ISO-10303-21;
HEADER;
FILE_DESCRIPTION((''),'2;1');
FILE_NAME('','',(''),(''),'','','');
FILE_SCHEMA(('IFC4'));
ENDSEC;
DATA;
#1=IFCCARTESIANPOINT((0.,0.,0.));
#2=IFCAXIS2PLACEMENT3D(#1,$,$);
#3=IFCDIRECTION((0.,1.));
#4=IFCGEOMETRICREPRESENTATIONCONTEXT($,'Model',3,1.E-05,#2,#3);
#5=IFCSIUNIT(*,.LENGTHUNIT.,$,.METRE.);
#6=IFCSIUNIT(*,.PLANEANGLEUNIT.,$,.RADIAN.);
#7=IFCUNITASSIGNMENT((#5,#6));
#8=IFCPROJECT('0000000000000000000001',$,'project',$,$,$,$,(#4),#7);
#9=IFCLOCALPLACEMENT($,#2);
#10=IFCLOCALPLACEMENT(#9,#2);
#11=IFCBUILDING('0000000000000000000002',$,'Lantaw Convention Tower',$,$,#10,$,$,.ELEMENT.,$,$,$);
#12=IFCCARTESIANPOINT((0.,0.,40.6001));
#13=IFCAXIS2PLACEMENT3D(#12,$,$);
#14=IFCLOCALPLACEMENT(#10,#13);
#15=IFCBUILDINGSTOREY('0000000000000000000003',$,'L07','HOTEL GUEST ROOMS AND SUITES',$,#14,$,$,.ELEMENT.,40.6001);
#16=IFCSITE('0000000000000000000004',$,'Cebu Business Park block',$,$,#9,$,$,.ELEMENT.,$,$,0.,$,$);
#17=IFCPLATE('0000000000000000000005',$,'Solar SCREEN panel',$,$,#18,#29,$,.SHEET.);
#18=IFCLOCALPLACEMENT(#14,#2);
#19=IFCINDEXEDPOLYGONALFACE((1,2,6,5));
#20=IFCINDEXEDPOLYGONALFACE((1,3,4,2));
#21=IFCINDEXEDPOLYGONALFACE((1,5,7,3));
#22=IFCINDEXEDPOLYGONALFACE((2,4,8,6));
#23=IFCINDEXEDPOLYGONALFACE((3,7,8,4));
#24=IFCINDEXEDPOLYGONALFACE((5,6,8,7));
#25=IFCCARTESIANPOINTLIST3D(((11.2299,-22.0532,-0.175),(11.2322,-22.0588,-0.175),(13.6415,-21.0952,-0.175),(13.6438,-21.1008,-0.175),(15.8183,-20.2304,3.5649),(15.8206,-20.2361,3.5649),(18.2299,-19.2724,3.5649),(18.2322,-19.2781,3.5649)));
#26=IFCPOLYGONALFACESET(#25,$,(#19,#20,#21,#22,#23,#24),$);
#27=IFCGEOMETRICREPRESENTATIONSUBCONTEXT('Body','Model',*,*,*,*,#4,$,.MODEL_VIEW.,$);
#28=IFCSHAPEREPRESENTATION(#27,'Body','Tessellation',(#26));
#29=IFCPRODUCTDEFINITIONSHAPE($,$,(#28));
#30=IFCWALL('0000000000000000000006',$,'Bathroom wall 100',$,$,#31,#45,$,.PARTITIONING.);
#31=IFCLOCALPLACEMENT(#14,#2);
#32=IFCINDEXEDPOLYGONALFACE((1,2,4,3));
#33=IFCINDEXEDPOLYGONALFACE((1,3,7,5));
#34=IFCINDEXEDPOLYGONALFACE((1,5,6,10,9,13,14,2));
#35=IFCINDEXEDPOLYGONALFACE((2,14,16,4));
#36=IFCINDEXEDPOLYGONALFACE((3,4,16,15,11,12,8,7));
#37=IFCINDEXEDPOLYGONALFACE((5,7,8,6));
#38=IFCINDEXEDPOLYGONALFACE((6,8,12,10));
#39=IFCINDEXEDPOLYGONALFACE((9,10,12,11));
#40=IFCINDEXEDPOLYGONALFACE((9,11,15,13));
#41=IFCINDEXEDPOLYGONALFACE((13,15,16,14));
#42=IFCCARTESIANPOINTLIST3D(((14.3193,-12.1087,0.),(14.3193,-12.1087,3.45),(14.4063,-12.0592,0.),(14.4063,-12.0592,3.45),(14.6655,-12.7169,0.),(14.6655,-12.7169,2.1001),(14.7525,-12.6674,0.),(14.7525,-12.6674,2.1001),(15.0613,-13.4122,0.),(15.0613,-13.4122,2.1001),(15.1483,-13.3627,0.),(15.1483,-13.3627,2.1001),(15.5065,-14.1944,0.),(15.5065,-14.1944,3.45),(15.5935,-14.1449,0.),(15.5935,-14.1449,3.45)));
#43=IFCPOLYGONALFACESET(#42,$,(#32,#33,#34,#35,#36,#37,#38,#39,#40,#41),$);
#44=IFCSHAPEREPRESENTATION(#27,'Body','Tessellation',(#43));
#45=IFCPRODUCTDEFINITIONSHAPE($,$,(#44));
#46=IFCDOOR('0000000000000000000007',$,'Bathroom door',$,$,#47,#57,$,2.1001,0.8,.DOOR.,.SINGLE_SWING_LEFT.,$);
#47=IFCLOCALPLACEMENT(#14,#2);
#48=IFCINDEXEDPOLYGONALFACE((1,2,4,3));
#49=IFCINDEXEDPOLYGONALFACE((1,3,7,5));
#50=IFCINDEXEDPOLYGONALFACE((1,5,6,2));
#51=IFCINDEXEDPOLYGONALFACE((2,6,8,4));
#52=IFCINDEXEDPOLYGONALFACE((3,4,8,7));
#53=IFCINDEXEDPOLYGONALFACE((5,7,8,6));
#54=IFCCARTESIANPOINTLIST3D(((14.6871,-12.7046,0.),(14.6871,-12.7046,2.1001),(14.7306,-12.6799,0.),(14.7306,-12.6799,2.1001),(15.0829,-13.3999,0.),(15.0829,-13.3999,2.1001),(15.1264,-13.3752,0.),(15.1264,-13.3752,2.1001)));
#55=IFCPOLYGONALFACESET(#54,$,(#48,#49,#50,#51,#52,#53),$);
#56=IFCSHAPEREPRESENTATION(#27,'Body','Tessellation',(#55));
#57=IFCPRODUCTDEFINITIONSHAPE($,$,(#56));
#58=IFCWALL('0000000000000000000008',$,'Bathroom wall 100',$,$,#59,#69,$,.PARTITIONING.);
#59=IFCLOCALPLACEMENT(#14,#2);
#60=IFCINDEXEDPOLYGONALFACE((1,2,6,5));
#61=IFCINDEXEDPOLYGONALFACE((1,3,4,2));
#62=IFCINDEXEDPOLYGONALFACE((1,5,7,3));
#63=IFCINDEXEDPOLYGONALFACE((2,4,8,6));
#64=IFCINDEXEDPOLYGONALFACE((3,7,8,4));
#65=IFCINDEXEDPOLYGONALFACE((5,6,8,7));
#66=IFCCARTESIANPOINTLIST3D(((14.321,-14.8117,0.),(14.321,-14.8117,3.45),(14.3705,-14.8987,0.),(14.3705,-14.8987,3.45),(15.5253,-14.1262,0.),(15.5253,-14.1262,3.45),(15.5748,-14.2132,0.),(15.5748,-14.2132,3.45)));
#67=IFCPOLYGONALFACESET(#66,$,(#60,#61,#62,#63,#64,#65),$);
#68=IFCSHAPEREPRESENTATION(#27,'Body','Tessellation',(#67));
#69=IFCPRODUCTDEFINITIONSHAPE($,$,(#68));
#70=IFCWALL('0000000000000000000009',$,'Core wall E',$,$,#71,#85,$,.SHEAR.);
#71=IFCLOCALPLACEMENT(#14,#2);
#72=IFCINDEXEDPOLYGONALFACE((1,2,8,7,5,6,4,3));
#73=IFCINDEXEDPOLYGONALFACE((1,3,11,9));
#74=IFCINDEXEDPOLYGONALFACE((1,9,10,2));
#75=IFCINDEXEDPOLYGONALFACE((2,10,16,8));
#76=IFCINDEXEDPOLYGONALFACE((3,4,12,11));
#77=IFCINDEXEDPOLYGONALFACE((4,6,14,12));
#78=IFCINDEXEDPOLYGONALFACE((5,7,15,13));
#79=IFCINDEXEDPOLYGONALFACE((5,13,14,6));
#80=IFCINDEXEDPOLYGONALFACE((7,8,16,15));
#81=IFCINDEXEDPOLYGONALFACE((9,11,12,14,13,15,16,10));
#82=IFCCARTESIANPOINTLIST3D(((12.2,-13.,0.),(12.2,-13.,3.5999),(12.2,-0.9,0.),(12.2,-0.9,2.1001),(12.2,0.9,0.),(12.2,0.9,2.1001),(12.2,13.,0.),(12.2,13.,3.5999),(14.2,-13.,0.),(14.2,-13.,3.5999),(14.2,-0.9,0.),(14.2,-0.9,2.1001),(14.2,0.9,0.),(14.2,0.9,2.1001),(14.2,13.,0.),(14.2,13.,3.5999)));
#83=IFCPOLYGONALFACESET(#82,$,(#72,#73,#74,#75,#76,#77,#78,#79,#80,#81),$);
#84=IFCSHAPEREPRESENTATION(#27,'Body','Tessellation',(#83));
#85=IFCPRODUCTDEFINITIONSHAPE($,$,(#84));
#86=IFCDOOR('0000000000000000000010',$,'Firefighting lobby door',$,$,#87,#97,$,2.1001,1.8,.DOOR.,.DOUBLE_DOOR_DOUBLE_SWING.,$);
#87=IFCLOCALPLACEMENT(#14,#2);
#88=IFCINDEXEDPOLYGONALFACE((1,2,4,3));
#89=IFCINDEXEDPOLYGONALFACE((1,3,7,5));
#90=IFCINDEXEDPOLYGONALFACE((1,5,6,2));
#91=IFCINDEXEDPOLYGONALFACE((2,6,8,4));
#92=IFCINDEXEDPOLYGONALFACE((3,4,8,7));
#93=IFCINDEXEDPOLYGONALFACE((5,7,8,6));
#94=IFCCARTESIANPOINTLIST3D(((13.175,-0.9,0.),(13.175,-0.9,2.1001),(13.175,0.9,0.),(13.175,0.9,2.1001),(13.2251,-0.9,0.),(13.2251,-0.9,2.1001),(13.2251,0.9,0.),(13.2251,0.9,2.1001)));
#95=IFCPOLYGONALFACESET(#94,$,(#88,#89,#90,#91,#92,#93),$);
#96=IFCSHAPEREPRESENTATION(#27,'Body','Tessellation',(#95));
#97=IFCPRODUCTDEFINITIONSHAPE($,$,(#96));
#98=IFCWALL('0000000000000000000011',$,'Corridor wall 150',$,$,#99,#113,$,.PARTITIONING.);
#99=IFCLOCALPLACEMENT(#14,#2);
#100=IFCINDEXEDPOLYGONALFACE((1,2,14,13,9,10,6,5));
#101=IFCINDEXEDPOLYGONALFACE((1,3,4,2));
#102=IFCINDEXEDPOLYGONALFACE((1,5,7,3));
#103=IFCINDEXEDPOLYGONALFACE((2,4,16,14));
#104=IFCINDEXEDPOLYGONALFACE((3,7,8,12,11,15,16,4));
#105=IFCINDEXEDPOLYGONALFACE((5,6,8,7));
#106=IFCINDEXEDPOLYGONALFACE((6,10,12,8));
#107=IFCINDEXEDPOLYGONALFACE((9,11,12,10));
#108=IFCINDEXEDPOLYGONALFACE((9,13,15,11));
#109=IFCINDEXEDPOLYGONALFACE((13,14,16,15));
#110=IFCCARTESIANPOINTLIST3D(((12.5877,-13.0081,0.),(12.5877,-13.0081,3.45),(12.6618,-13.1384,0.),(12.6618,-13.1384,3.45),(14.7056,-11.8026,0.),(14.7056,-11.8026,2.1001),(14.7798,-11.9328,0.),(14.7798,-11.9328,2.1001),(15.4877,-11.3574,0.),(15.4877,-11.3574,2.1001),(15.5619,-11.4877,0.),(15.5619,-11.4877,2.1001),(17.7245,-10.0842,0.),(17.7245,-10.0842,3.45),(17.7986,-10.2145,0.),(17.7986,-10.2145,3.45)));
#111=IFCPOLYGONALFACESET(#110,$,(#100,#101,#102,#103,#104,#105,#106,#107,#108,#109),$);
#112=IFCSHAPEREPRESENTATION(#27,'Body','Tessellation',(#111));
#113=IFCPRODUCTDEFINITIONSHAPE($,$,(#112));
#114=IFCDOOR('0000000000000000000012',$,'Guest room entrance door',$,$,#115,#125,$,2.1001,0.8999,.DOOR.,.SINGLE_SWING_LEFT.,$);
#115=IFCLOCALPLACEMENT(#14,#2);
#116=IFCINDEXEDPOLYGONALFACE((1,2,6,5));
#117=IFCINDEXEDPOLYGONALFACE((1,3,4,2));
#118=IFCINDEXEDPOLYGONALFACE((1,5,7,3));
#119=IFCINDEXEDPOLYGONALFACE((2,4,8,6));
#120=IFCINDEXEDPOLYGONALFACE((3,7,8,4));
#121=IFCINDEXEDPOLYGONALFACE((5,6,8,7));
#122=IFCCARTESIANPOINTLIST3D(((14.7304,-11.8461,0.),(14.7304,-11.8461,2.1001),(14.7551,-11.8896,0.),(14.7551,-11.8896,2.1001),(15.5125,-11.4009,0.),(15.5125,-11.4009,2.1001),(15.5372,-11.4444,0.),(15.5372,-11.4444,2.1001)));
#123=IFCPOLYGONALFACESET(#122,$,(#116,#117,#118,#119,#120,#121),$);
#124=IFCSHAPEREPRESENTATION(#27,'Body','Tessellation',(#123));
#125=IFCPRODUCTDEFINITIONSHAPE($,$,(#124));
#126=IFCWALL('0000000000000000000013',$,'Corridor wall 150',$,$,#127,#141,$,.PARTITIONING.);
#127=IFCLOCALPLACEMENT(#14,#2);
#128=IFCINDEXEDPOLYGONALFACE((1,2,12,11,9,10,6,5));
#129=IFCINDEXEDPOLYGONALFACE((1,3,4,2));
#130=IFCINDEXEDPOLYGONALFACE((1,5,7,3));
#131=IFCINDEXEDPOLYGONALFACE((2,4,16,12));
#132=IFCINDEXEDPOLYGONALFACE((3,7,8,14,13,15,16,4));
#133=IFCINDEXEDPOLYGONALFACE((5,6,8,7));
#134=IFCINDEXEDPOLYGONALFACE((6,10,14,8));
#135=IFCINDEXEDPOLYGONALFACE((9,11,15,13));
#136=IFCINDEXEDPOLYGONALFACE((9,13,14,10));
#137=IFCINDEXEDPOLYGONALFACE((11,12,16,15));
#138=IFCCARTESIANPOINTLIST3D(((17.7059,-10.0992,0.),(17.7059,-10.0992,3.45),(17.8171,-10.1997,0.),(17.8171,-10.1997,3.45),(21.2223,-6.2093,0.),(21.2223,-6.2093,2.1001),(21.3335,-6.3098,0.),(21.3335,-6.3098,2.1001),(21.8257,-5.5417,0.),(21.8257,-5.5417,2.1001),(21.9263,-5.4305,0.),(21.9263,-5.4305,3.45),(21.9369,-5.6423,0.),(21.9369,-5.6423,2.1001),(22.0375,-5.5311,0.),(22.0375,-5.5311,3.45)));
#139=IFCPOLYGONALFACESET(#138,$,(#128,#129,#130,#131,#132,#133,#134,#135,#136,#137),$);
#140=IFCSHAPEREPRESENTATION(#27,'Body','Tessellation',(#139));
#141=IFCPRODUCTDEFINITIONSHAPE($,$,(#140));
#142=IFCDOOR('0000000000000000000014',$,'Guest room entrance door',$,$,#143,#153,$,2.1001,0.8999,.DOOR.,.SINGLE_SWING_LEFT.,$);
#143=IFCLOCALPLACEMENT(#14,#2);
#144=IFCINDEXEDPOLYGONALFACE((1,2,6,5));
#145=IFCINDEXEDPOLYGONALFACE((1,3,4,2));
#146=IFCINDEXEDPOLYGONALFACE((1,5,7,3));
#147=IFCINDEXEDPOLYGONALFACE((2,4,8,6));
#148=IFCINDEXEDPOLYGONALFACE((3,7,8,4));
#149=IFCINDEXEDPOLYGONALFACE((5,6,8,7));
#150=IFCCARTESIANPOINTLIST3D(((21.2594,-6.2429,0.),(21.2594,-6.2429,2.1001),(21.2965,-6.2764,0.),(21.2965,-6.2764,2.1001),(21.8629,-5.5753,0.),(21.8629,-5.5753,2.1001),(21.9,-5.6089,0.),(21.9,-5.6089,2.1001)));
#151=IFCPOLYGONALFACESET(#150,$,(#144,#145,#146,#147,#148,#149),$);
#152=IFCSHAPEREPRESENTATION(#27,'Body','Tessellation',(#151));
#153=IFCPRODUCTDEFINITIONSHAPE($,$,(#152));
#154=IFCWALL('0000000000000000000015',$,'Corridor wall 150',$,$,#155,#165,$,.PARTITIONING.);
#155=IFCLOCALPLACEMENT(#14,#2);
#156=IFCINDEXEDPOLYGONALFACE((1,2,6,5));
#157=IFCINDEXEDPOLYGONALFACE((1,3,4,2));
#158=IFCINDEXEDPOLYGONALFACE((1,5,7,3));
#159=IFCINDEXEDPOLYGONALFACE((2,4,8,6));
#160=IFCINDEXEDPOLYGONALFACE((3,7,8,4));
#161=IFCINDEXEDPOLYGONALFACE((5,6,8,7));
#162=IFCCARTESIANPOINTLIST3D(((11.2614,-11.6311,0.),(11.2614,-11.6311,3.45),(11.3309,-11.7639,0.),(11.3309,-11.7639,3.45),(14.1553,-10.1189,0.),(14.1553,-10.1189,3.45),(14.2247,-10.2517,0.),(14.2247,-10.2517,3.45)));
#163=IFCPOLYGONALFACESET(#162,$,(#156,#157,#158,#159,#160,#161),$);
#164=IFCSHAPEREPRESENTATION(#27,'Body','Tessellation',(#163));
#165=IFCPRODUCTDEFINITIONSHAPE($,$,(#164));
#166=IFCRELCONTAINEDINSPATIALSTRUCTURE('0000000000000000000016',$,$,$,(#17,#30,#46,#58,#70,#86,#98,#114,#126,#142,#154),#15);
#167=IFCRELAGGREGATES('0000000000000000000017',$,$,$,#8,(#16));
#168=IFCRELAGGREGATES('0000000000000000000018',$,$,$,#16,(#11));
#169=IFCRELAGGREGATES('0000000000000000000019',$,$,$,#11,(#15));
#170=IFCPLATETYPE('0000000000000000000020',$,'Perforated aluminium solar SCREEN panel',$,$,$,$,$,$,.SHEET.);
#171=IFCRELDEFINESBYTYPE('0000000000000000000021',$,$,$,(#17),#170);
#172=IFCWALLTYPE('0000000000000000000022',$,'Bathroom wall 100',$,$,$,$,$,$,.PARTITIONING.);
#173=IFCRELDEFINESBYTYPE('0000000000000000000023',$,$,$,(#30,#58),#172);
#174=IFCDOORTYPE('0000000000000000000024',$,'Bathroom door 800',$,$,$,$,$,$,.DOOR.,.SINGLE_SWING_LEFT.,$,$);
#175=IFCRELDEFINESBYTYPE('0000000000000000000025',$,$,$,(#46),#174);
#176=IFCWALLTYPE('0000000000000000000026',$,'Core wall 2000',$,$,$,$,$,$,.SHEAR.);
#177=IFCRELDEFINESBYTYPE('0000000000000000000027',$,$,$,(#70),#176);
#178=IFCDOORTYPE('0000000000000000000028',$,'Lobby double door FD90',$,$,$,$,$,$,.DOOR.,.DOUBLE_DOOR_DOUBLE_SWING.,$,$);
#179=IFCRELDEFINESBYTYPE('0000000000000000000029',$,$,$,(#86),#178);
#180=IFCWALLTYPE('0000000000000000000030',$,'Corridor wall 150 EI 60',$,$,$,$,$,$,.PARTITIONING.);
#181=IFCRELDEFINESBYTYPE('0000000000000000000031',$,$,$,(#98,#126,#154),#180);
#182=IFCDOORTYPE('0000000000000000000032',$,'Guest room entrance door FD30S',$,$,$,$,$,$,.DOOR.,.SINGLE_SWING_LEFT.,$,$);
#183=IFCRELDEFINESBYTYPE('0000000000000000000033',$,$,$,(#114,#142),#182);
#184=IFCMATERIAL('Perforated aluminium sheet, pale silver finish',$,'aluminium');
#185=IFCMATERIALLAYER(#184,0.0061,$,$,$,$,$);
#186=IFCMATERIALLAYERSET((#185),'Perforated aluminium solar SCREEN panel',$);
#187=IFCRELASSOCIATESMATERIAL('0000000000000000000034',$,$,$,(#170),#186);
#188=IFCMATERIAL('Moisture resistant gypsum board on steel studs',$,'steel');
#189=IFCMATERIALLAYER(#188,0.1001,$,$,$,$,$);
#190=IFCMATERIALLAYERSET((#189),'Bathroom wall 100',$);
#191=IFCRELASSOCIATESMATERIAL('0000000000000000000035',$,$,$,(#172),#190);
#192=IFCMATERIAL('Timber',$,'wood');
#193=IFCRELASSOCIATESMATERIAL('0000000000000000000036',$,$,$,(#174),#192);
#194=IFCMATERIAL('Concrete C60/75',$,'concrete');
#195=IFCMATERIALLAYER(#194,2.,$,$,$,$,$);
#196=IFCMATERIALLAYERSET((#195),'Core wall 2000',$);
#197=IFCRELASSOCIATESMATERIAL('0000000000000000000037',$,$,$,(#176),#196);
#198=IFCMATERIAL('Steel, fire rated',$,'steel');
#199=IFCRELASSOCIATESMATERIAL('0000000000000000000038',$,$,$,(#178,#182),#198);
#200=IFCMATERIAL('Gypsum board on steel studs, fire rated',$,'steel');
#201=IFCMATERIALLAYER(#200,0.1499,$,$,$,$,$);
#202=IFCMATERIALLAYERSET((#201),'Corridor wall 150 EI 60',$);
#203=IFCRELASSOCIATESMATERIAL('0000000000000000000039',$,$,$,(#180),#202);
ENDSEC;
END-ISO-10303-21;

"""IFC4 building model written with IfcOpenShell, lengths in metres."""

from ifc_helpers import new_model, si_unit, direction, frame, frame_2d, origin, place, context, subcontext, project, spatial, polyline, rectangle, outline, extrude, material, layer, layer_set, type_object, element, fill, save


model = new_model("IFC4")

# Units and contexts
model_context = context("Model", 3, precision=1e-05, world=origin(), true_north=direction((0.0, 1.0)))
body_context = subcontext(model_context, "Body", "Model", "MODEL_VIEW")
ifc_project = project(units=[si_unit("LENGTHUNIT", "METRE"), si_unit("PLANEANGLEUNIT", "RADIAN")], contexts=[model_context])

# Site, building, storey
site_placement = place(None, origin())
site = spatial("IfcSite", under=ifc_project, at=site_placement, Name="Cebu Business Park block", CompositionType="ELEMENT", RefElevation=0.0)
building_placement = place(site_placement, origin())
building = spatial("IfcBuilding", under=site, at=building_placement, Name="Lantaw Convention Tower", CompositionType="ELEMENT")
storey_placement = place(building_placement, frame((0.0, 0.0, 40.6001)))
storey = spatial("IfcBuildingStorey", under=building, at=storey_placement, Name="L07", Description="HOTEL GUEST ROOMS AND SUITES", CompositionType="ELEMENT", Elevation=40.6001)

# Shared definitions
ifc_material_1 = material(Name="Concrete C60/75", Category="concrete")

# Plate
ifc_material_2 = material(Name="Perforated aluminium sheet, pale silver finish", Category="aluminium")
ifc_layer_1 = layer(ifc_material_2, 0.0061)
ifc_layer_set_1 = layer_set([ifc_layer_1], Name="Perforated aluminium solar SCREEN panel")
plate_type = type_object("IfcPlateType", Name="Perforated aluminium solar SCREEN panel", PredefinedType="SHEET", material=ifc_layer_set_1)
plate_placement = place(storey_placement, frame((11.2322, -22.0588, -0.175), z_axis=(0.369184, -0.929357, 0.000009), x_axis=(0.929357, 0.369184, 0.0)))
element("IfcPlate", 1, at=plate_placement, inside=storey, type_object=plate_type, Name="Solar SCREEN panel", PredefinedType="SHEET", context=body_context, shape_type="SweptSolid", body=[
    extrude(outline(polyline([(0.0, 0.0), (2.5949, 0.0), (7.5321, 3.74), (4.9372, 3.74), (0.0, 0.0)])), origin(), (0.0, 0.0, -1.0), 0.0061),
])

# Wall, opening, door
ifc_material_3 = material(Name="Moisture resistant gypsum board on steel studs", Category="steel")
ifc_layer_2 = layer(ifc_material_3, 0.1001)
ifc_layer_set_2 = layer_set([ifc_layer_2], Name="Bathroom wall 100")
wall_type_1 = type_object("IfcWallType", Name="Bathroom wall 100", PredefinedType="PARTITIONING", material=ifc_layer_set_2)
wall_1_placement = place(storey_placement, frame((14.3628, -12.084, 0.0), z_axis=(0.0, 0.0, 1.0), x_axis=(0.494703, -0.869062, 0.0)))
wall_1 = element("IfcWall", 2, at=wall_1_placement, inside=storey, type_object=wall_type_1, Name="Bathroom wall 100", PredefinedType="PARTITIONING", context=body_context, shape_type="SweptSolid", body=[
    extrude(rectangle(XDim=2.3999, YDim=0.1001, at=frame_2d((1.2, 0.0))), origin(), (0.0, 0.0, 1.0), 3.45),
])
opening_1_placement = place(wall_1_placement, frame((0.7, 0.0, 0.0)))
opening_1 = element("IfcOpeningElement", 3, at=opening_1_placement, cuts=wall_1, PredefinedType="OPENING", context=body_context, shape_type="SweptSolid", body=[
    extrude(rectangle(XDim=0.8, YDim=2.1001, at=frame_2d((0.3999, 1.05))), frame((0.0, 0.0601, 0.0), z_axis=(0.0, -1.0, 0.0), x_axis=(1.0, 0.0, 0.0)), (0.0, 0.0, 1.0), 0.1201),
])
ifc_material_4 = material(Name="Timber", Category="wood")
door_type_1 = type_object("IfcDoorType", Name="Bathroom door 800", OperationType="SINGLE_SWING_LEFT", PredefinedType="DOOR", material=ifc_material_4)
door_1_placement = place(opening_1_placement, origin())
door_1 = element("IfcDoor", 4, at=door_1_placement, inside=storey, type_object=door_type_1, Name="Bathroom door", OperationType="SINGLE_SWING_LEFT", OverallHeight=2.1001, OverallWidth=0.8, PredefinedType="DOOR", context=body_context, shape_type="SweptSolid", body=[
    extrude(rectangle(XDim=0.8, YDim=2.1001, at=frame_2d((0.3999, 1.05))), frame((0.0, 0.0249, 0.0), z_axis=(0.0, -1.0, 0.0), x_axis=(1.0, 0.0, 0.0)), (0.0, 0.0, 1.0), 0.05),
])
fill(opening_1, door_1)

# Wall
wall_2_placement = place(storey_placement, frame((15.55, -14.1697, 0.0), z_axis=(0.0, 0.0, 1.0), x_axis=(-0.869066, -0.494696, 0.0)))
element("IfcWall", 5, at=wall_2_placement, inside=storey, type_object=wall_type_1, Name="Bathroom wall 100", PredefinedType="PARTITIONING", context=body_context, shape_type="SweptSolid", body=[
    extrude(rectangle(XDim=1.3857, YDim=0.1001, at=frame_2d((0.6929, 0.0))), origin(), (0.0, 0.0, 1.0), 3.45),
])

# Walls, openings, doors
ifc_layer_3 = layer(ifc_material_1, 2.0)
ifc_layer_set_3 = layer_set([ifc_layer_3], Name="Core wall 2000")
wall_type_2 = type_object("IfcWallType", Name="Core wall 2000", PredefinedType="SHEAR", material=ifc_layer_set_3)
wall_3_placement = place(storey_placement, frame((13.2, -13.0, 0.0), z_axis=(0.0, 0.0, 1.0), x_axis=(0.0, 1.0, 0.0)))
wall_3 = element("IfcWall", 6, at=wall_3_placement, inside=storey, type_object=wall_type_2, Name="Core wall E", PredefinedType="SHEAR", context=body_context, shape_type="SweptSolid", body=[
    extrude(rectangle(XDim=26.0, YDim=2.0, at=frame_2d((13.0, 0.0))), origin(), (0.0, 0.0, 1.0), 3.5999),
])
opening_2_placement = place(wall_3_placement, frame((12.1001, 0.0, 0.0)))
opening_2 = element("IfcOpeningElement", 7, at=opening_2_placement, cuts=wall_3, PredefinedType="OPENING", context=body_context, shape_type="SweptSolid", body=[
    extrude(rectangle(XDim=1.8, YDim=2.1001, at=frame_2d((0.8999, 1.05))), frame((0.0, 1.01, 0.0), z_axis=(0.0, -1.0, 0.0), x_axis=(1.0, 0.0, 0.0)), (0.0, 0.0, 1.0), 2.02),
])
ifc_material_5 = material(Name="Steel, fire rated", Category="steel")
door_type_2 = type_object("IfcDoorType", Name="Lobby double door FD90", OperationType="DOUBLE_DOOR_DOUBLE_SWING", PredefinedType="DOOR", material=ifc_material_5)
door_2_placement = place(opening_2_placement, origin())
door_2 = element("IfcDoor", 8, at=door_2_placement, inside=storey, type_object=door_type_2, Name="Firefighting lobby door", OperationType="DOUBLE_DOOR_DOUBLE_SWING", OverallHeight=2.1001, OverallWidth=1.8, PredefinedType="DOOR", context=body_context, shape_type="SweptSolid", body=[
    extrude(rectangle(XDim=1.8, YDim=2.1001, at=frame_2d((0.8999, 1.05))), frame((0.0, 0.0249, 0.0), z_axis=(0.0, -1.0, 0.0), x_axis=(1.0, 0.0, 0.0)), (0.0, 0.0, 1.0), 0.05),
])
fill(opening_2, door_2)
ifc_material_6 = material(Name="Gypsum board on steel studs, fire rated", Category="steel")
ifc_layer_4 = layer(ifc_material_6, 0.1499)
ifc_layer_set_4 = layer_set([ifc_layer_4], Name="Corridor wall 150 EI 60")
wall_type_3 = type_object("IfcWallType", Name="Corridor wall 150 EI 60", PredefinedType="PARTITIONING", material=ifc_layer_set_4)
wall_4_placement = place(storey_placement, frame((12.6248, -13.0732, 0.0), z_axis=(0.0, 0.0, 1.0), x_axis=(0.869076, 0.494679, 0.0)))
wall_4 = element("IfcWall", 9, at=wall_4_placement, inside=storey, type_object=wall_type_3, Name="Corridor wall 150", PredefinedType="PARTITIONING", context=body_context, shape_type="SweptSolid", body=[
    extrude(rectangle(XDim=5.9106, YDim=0.1499, at=frame_2d((2.9553, 0.0))), origin(), (0.0, 0.0, 1.0), 3.45),
])
opening_3_placement = place(wall_4_placement, frame((2.437, 0.0, 0.0)))
opening_3 = element("IfcOpeningElement", 10, at=opening_3_placement, cuts=wall_4, PredefinedType="OPENING", context=body_context, shape_type="SweptSolid", body=[
    extrude(rectangle(XDim=0.8999, YDim=2.1001, at=frame_2d((0.45, 1.05))), frame((0.0, 0.085, 0.0), z_axis=(0.0, -1.0, 0.0), x_axis=(1.0, 0.0, 0.0)), (0.0, 0.0, 1.0), 0.1699),
])
door_type_3 = type_object("IfcDoorType", Name="Guest room entrance door FD30S", OperationType="SINGLE_SWING_LEFT", PredefinedType="DOOR", material=ifc_material_5)
door_3_placement = place(opening_3_placement, origin())
door_3 = element("IfcDoor", 11, at=door_3_placement, inside=storey, type_object=door_type_3, Name="Guest room entrance door", OperationType="SINGLE_SWING_LEFT", OverallHeight=2.1001, OverallWidth=0.8999, PredefinedType="DOOR", context=body_context, shape_type="SweptSolid", body=[
    extrude(rectangle(XDim=0.8999, YDim=2.1001, at=frame_2d((0.45, 1.05))), frame((0.0, 0.0249, 0.0), z_axis=(0.0, -1.0, 0.0), x_axis=(1.0, 0.0, 0.0)), (0.0, 0.0, 1.0), 0.05),
])
fill(opening_3, door_3)
wall_5_placement = place(storey_placement, frame((17.7615, -10.1494, 0.0), z_axis=(0.0, 0.0, 1.0), x_axis=(0.670598, 0.741821, 0.0)))
wall_5 = element("IfcWall", 12, at=wall_5_placement, inside=storey, type_object=wall_type_3, Name="Corridor wall 150", PredefinedType="PARTITIONING", context=body_context, shape_type="SweptSolid", body=[
    extrude(rectangle(XDim=6.2935, YDim=0.1499, at=frame_2d((3.1467, 0.0))), origin(), (0.0, 0.0, 1.0), 3.45),
])
opening_4_placement = place(wall_5_placement, frame((5.2437, 0.0, 0.0)))
opening_4 = element("IfcOpeningElement", 13, at=opening_4_placement, cuts=wall_5, PredefinedType="OPENING", context=body_context, shape_type="SweptSolid", body=[
    extrude(rectangle(XDim=0.8999, YDim=2.1001, at=frame_2d((0.45, 1.05))), frame((0.0, 0.085, 0.0), z_axis=(0.0, -1.0, 0.0), x_axis=(1.0, 0.0, 0.0)), (0.0, 0.0, 1.0), 0.1699),
])
door_4_placement = place(opening_4_placement, origin())
door_4 = element("IfcDoor", 14, at=door_4_placement, inside=storey, type_object=door_type_3, Name="Guest room entrance door", OperationType="SINGLE_SWING_LEFT", OverallHeight=2.1001, OverallWidth=0.8999, PredefinedType="DOOR", context=body_context, shape_type="SweptSolid", body=[
    extrude(rectangle(XDim=0.8999, YDim=2.1001, at=frame_2d((0.45, 1.05))), frame((0.0, 0.0249, 0.0), z_axis=(0.0, -1.0, 0.0), x_axis=(1.0, 0.0, 0.0)), (0.0, 0.0, 1.0), 0.05),
])
fill(opening_4, door_4)

# Wall
wall_6_placement = place(storey_placement, frame((11.2961, -11.6975, 0.0), z_axis=(0.0, 0.0, 1.0), x_axis=(0.886283, 0.463143, 0.0)))
element("IfcWall", 15, at=wall_6_placement, inside=storey, type_object=wall_type_3, Name="Corridor wall 150", PredefinedType="PARTITIONING", context=body_context, shape_type="SweptSolid", body=[
    extrude(rectangle(XDim=3.2651, YDim=0.1499, at=frame_2d((1.6326, 0.0))), origin(), (0.0, 0.0, 1.0), 3.45),
])

save(model, "model.ifc")
